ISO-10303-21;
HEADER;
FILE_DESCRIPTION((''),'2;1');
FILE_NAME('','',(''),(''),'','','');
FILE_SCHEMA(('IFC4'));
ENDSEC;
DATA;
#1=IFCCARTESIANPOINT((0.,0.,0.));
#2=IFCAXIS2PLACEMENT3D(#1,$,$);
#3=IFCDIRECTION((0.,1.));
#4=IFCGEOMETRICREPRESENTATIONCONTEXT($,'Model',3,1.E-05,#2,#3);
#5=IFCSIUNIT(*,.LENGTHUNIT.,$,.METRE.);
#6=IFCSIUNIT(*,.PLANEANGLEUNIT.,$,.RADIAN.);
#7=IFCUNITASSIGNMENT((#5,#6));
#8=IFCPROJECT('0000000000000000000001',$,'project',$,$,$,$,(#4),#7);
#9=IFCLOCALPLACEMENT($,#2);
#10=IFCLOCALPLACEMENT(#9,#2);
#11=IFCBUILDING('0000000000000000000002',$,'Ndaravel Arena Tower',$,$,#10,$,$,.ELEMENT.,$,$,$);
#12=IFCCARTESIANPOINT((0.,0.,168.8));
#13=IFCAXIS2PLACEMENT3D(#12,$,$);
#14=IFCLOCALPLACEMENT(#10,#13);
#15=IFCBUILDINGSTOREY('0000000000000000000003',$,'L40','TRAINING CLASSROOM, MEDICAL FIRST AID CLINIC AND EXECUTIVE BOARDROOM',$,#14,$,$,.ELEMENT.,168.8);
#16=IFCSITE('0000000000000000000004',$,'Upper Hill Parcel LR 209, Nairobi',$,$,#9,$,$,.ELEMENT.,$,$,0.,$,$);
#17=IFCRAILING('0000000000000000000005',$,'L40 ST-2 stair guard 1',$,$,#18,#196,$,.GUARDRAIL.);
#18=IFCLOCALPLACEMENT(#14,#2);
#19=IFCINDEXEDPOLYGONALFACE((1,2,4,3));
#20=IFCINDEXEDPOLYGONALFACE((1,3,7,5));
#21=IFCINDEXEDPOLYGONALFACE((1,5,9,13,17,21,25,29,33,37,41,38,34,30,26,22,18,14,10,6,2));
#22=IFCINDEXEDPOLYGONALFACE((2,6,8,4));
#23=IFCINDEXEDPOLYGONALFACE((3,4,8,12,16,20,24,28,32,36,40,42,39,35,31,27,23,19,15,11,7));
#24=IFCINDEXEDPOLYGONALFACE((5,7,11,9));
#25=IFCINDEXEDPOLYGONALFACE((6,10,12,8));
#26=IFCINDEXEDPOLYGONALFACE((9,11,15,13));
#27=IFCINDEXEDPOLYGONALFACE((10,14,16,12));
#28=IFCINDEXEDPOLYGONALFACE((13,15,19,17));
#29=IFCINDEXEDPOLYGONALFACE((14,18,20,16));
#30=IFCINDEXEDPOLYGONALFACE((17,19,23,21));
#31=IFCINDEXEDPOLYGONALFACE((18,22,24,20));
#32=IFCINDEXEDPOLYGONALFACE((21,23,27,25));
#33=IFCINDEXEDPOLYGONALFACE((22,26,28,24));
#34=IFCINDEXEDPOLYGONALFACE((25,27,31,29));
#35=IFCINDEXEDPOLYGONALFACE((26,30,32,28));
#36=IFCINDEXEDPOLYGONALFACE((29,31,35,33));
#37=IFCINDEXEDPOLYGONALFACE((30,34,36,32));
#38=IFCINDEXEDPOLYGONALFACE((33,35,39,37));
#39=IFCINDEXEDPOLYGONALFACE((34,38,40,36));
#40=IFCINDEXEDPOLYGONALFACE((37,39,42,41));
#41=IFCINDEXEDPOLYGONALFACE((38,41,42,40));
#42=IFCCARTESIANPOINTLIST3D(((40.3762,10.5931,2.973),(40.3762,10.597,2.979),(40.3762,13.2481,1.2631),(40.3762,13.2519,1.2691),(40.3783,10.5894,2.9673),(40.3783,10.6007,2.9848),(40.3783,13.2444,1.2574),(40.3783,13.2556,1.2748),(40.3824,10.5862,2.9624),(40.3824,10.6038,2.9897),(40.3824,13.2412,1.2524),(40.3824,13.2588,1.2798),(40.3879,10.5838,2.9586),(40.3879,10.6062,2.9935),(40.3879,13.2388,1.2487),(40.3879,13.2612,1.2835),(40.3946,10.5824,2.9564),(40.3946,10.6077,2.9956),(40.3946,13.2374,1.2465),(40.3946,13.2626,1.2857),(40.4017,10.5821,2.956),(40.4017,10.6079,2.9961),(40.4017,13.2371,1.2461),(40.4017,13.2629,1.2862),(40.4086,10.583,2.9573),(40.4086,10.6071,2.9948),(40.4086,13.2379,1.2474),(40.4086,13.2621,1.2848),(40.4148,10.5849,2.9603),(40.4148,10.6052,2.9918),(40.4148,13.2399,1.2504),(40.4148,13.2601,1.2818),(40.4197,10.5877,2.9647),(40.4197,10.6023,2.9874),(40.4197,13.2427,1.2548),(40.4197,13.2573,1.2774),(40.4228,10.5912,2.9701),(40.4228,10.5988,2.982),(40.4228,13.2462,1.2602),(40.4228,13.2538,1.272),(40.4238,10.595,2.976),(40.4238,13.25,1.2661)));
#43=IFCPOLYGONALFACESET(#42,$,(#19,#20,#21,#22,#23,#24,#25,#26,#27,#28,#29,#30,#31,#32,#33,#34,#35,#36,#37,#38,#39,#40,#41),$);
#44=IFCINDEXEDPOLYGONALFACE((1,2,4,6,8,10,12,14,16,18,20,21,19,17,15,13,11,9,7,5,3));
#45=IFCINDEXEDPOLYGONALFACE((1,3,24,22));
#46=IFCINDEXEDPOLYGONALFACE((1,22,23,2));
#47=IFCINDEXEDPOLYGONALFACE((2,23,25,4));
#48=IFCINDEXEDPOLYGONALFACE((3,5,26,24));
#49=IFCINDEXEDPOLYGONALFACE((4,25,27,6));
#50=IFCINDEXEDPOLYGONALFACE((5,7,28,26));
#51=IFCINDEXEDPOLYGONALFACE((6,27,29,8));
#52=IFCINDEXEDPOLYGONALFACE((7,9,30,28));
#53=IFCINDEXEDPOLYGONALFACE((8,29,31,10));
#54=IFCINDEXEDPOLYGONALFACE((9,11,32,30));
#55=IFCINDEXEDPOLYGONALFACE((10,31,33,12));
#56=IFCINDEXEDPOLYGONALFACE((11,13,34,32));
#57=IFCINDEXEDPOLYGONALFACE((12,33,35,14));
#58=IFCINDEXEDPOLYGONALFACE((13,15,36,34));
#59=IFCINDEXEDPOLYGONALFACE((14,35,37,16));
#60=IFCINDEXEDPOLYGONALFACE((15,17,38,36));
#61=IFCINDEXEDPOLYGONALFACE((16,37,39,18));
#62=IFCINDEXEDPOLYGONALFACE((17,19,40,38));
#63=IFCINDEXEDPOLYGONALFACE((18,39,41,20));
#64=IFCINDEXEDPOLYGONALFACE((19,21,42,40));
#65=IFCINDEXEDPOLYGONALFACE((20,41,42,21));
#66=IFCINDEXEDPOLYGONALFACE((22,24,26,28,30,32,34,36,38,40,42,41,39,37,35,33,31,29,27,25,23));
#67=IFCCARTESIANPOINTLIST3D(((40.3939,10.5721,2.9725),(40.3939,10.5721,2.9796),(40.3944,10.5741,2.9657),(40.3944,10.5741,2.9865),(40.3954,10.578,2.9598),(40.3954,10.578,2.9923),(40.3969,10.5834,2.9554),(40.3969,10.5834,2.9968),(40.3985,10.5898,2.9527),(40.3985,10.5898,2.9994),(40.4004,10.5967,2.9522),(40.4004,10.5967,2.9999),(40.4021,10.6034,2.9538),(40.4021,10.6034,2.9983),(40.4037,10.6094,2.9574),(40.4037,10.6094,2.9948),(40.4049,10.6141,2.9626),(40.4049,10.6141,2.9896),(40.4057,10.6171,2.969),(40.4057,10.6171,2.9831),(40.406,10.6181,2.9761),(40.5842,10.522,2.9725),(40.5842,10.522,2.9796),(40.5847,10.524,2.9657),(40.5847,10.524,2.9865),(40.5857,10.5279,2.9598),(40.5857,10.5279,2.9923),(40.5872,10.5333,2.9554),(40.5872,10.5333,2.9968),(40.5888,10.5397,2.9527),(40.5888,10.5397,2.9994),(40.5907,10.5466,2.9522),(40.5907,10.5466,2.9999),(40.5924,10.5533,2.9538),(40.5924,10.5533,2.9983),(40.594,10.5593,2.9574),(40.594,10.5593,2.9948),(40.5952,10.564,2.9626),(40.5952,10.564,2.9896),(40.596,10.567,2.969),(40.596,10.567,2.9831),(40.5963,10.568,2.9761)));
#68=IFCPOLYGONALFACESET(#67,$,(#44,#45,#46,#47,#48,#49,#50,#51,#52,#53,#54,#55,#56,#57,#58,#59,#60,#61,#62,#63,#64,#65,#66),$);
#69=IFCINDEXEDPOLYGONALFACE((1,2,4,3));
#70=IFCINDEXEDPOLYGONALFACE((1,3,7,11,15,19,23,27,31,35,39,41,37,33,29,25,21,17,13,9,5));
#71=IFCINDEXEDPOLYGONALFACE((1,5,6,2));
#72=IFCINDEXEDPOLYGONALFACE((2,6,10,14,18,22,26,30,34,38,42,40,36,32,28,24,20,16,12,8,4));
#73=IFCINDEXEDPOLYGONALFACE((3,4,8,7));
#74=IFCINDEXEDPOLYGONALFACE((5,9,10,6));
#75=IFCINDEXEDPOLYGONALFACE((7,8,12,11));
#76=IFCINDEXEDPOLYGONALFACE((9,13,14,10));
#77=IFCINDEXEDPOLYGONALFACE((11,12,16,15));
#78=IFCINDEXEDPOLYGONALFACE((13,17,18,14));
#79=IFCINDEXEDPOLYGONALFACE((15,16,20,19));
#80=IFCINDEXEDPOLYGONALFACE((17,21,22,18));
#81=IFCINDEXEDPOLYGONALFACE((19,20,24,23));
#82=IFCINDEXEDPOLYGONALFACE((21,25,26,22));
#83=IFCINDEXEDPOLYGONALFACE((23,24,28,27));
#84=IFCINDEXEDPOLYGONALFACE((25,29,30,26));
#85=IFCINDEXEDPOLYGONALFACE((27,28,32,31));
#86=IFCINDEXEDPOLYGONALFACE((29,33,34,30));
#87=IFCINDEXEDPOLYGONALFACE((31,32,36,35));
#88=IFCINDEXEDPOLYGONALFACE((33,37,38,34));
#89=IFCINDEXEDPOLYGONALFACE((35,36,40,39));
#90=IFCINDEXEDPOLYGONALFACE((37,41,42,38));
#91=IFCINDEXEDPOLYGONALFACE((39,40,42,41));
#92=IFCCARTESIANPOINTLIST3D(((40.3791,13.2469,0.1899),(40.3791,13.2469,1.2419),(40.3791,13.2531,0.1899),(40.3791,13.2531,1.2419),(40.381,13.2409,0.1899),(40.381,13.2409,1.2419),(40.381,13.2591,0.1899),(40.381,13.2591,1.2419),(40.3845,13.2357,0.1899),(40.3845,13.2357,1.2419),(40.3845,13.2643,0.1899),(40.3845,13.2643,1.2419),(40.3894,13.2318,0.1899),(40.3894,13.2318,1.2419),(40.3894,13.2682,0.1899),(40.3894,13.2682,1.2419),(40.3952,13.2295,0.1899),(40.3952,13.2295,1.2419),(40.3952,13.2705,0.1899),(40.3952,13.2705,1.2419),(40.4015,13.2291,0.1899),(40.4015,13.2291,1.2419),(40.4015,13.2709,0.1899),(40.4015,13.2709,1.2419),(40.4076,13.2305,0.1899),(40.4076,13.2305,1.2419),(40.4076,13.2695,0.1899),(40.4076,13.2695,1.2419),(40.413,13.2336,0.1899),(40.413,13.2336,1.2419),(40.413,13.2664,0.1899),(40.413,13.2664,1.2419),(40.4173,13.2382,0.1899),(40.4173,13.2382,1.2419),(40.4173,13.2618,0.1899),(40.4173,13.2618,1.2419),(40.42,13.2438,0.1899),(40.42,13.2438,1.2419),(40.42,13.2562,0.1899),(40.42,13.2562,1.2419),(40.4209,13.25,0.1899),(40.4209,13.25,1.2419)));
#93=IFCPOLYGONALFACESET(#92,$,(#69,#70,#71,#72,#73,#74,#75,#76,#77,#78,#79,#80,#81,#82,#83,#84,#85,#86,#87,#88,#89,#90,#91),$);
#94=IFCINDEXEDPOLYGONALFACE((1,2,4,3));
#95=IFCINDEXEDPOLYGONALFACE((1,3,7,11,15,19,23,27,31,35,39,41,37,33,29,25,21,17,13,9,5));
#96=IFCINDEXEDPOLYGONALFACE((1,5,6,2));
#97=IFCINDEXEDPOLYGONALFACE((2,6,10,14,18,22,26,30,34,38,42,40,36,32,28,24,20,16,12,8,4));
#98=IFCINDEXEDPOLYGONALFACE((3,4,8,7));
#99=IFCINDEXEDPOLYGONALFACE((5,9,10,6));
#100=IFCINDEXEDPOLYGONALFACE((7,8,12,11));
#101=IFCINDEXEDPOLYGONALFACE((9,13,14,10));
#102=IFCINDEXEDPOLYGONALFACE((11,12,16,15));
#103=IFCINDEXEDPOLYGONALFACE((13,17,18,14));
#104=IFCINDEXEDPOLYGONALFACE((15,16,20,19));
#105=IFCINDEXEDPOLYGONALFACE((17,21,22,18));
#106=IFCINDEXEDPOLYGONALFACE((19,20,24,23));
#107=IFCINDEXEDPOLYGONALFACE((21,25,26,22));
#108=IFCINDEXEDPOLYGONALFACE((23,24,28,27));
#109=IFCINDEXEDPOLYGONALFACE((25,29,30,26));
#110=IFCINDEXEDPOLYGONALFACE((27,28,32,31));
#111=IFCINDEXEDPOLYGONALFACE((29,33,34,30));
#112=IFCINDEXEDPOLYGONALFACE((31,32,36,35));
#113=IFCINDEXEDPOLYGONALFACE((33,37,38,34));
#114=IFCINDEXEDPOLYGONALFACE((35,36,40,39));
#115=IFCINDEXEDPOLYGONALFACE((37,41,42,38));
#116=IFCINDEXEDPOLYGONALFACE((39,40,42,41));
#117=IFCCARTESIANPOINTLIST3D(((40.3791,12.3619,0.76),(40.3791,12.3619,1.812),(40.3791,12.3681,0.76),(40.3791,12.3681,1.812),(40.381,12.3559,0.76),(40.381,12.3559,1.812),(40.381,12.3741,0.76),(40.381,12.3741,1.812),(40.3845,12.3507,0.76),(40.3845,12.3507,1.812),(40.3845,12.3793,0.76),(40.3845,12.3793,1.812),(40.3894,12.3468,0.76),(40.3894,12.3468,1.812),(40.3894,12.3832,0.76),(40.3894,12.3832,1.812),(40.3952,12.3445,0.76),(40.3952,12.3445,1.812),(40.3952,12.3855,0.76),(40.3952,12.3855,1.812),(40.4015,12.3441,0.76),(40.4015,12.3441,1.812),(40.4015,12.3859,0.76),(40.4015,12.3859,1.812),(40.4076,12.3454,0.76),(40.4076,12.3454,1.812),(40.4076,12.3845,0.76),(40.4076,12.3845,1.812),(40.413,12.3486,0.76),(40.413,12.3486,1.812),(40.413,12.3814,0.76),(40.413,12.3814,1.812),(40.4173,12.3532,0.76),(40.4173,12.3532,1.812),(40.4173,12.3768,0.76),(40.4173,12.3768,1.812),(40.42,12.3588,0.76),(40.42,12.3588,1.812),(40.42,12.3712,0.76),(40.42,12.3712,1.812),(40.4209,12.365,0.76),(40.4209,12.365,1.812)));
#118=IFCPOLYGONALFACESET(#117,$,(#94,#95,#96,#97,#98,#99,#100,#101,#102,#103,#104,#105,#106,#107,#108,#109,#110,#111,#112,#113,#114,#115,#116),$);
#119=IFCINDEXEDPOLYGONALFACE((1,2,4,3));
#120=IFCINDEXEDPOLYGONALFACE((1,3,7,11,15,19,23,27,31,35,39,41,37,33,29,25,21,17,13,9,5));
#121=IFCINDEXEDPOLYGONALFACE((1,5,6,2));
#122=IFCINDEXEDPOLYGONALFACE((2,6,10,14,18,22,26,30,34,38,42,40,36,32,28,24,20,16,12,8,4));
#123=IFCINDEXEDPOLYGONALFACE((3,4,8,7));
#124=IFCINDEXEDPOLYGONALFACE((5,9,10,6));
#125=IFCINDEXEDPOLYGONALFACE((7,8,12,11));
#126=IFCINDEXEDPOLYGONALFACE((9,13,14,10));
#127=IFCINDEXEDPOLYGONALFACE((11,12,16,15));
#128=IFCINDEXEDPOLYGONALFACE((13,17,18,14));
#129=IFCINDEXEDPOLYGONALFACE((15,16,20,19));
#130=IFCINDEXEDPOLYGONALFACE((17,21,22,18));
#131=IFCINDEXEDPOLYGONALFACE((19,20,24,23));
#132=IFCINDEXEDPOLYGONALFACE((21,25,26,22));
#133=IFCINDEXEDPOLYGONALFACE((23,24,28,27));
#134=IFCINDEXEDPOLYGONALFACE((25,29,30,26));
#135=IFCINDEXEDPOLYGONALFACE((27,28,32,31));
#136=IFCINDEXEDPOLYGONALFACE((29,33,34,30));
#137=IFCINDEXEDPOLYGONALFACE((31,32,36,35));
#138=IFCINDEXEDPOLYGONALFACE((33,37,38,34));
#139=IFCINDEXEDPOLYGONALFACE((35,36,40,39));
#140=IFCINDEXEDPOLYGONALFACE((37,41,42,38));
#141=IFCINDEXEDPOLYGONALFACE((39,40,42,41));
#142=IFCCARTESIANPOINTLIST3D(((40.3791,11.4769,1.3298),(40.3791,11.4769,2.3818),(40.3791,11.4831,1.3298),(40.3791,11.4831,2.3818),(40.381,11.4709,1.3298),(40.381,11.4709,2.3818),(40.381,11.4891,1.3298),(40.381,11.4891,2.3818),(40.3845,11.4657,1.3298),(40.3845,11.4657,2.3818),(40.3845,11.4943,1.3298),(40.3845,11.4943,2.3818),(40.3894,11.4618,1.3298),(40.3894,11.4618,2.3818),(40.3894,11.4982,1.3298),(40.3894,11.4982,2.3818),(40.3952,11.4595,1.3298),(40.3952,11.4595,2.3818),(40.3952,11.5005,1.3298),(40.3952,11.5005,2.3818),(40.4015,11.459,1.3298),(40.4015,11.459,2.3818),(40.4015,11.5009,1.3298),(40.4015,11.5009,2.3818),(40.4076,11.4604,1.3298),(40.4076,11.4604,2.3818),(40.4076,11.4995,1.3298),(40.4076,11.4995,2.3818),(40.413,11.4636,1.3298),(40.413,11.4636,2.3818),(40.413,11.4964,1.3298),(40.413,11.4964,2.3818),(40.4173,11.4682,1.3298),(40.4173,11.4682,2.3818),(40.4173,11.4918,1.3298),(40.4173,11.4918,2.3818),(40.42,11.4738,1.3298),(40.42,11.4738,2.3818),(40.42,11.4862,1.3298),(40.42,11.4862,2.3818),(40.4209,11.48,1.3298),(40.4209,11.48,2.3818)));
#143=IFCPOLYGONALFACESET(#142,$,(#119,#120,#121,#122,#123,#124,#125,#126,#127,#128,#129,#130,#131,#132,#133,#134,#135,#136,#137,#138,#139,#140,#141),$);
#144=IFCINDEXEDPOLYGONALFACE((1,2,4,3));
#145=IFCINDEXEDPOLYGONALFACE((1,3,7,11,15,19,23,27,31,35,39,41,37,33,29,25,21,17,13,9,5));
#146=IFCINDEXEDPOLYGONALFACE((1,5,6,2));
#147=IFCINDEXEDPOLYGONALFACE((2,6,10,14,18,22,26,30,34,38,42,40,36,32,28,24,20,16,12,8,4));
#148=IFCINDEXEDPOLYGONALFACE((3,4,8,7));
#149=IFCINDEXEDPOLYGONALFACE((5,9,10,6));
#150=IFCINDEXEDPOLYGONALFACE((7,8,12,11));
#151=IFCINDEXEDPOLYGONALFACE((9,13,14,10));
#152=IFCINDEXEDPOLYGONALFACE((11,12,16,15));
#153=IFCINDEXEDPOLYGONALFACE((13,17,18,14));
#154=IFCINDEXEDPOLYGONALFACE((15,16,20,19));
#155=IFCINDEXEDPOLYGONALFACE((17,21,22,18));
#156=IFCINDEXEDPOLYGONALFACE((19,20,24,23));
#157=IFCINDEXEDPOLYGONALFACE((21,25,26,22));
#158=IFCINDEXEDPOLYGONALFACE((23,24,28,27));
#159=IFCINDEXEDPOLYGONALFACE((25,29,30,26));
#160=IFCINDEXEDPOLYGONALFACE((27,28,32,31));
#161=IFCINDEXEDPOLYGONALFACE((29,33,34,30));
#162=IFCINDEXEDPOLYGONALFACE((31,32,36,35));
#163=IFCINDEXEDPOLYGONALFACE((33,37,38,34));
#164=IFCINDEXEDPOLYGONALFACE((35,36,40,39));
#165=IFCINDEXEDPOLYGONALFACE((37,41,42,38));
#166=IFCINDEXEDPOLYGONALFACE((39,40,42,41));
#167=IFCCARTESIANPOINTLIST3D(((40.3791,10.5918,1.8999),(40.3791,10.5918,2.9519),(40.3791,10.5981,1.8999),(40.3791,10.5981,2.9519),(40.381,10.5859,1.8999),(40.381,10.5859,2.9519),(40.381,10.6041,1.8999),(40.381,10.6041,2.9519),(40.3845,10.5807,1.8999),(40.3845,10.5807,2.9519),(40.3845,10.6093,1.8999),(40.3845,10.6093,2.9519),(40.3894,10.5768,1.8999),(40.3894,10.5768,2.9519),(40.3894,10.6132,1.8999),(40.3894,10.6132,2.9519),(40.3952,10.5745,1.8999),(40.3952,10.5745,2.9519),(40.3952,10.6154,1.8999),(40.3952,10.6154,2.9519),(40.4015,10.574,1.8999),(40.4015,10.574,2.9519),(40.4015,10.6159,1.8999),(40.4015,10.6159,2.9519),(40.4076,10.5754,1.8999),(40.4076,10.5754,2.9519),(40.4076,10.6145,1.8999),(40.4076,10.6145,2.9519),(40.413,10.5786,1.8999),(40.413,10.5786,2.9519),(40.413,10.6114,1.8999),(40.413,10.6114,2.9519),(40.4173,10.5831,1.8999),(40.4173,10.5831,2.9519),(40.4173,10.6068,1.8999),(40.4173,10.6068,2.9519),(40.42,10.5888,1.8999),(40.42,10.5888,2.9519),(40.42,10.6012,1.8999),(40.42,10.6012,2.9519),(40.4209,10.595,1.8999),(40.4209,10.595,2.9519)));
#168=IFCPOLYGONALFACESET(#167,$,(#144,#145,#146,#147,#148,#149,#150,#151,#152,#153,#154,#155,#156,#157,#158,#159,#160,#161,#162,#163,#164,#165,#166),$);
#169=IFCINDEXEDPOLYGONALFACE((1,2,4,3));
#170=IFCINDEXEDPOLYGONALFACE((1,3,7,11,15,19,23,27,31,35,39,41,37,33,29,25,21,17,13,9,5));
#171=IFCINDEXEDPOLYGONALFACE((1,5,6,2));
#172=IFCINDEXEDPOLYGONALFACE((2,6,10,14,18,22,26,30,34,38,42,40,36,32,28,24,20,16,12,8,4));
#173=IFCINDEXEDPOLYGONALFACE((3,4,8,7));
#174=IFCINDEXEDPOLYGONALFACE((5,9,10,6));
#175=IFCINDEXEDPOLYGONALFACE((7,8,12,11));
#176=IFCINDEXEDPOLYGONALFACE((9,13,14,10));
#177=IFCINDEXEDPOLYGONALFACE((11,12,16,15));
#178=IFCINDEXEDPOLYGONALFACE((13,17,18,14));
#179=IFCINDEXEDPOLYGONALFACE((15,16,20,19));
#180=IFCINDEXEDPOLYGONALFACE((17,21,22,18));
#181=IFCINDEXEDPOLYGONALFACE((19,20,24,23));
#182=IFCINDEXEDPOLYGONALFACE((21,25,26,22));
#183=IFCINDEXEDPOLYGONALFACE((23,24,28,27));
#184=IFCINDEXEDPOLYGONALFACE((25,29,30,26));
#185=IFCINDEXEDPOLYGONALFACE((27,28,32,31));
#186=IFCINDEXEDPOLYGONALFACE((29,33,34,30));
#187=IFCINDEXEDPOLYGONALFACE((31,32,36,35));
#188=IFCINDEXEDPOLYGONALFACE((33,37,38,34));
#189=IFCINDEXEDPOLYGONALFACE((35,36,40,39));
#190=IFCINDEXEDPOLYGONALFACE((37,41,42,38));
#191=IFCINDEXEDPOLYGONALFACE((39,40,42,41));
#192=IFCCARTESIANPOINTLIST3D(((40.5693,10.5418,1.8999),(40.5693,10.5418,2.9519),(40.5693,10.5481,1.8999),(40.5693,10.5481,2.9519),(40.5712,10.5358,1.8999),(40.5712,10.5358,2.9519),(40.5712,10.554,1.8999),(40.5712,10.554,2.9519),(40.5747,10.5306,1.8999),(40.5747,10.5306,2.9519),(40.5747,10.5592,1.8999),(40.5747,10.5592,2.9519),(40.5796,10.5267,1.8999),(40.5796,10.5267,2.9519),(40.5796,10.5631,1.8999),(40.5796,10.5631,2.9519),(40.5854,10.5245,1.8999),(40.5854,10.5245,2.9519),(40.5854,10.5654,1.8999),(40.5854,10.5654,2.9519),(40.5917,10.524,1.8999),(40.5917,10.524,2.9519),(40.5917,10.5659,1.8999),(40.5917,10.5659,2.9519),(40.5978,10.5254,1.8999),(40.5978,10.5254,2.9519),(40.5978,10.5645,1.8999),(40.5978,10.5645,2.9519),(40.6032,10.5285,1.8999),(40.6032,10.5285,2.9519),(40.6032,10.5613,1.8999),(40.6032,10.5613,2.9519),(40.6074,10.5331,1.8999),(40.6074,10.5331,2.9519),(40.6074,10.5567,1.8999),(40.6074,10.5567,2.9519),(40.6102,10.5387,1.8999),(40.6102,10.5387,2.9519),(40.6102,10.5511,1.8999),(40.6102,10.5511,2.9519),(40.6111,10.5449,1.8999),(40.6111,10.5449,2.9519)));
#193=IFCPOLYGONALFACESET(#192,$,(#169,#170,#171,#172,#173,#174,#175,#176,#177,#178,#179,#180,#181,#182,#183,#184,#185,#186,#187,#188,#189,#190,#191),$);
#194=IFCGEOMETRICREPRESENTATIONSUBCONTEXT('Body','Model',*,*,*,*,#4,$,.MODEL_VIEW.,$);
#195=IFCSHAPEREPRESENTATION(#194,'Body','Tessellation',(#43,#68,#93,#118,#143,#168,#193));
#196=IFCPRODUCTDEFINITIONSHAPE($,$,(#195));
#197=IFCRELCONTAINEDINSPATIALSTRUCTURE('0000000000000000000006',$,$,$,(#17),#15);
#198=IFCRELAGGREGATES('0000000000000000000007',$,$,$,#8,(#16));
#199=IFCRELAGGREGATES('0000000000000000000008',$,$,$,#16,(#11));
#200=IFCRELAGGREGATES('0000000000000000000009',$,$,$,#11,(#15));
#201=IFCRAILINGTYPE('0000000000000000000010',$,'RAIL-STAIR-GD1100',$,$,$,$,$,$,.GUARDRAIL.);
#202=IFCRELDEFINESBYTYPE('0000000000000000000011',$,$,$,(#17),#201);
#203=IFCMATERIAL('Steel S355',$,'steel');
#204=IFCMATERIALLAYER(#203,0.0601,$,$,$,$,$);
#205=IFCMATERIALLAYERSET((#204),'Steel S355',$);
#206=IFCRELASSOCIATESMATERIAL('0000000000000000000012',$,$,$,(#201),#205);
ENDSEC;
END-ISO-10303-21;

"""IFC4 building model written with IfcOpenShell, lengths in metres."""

from ifc_helpers import new_model, si_unit, direction, frame, origin, origin_2d, place, context, subcontext, project, spatial, circle, extrude, material, layer, layer_set, type_object, element, save


model = new_model("IFC4")

# Units and contexts
model_context = context("Model", 3, precision=1e-05, world=origin(), true_north=direction((0.0, 1.0)))
body_context = subcontext(model_context, "Body", "Model", "MODEL_VIEW")
ifc_project = project(units=[si_unit("LENGTHUNIT", "METRE"), si_unit("PLANEANGLEUNIT", "RADIAN")], contexts=[model_context])

# Site, building, storey
site_placement = place(None, origin())
site = spatial("IfcSite", under=ifc_project, at=site_placement, Name="Upper Hill Parcel LR 209, Nairobi", CompositionType="ELEMENT", RefElevation=0.0)
building_placement = place(site_placement, origin())
building = spatial("IfcBuilding", under=site, at=building_placement, Name="Ndaravel Arena Tower", CompositionType="ELEMENT")
storey_placement = place(building_placement, frame((0.0, 0.0, 168.8)))
storey = spatial("IfcBuildingStorey", under=building, at=storey_placement, Name="L40", Description="TRAINING CLASSROOM, MEDICAL FIRST AID CLINIC AND EXECUTIVE BOARDROOM", CompositionType="ELEMENT", Elevation=168.8)

# Railing
ifc_material_1 = material(Name="Steel S355", Category="steel")
ifc_layer_1 = layer(ifc_material_1, 0.0601)
ifc_layer_set_1 = layer_set([ifc_layer_1], Name="Steel S355")
railing_type_1 = type_object("IfcRailingType", Name="RAIL-STAIR-GD1100", PredefinedType="GUARDRAIL", material=ifc_layer_set_1)
railing_1_placement = place(storey_placement, frame((40.3999, 13.25, 0.1899)))
element("IfcRailing", 1, at=railing_1_placement, inside=storey, type_object=railing_type_1, Name="L40 ST-2 stair guard 1", PredefinedType="GUARDRAIL", context=body_context, shape_type="SweptSolid", body=[
    extrude(circle(Radius=0.0239, at=origin_2d()), frame((0.0, 0.0, 1.0762), z_axis=(0.0, -0.840724, 0.541465), x_axis=(1.0, 0.0, 0.0)), (0.0, 0.0, 1.0), 3.158),
    extrude(circle(Radius=0.0239, at=origin_2d()), frame((0.0, -2.655, 2.7861), z_axis=(0.967075, -0.254493, 0.0), x_axis=(0.254493, 0.967075, 0.0)), (0.0, 0.0, 1.0), 0.1968),
    extrude(circle(Radius=0.021, at=origin_2d()), origin(), (0.0, 0.0, 1.0), 1.052),
    extrude(circle(Radius=0.021, at=origin_2d()), frame((0.0, -0.885, 0.5701)), (0.0, 0.0, 1.0), 1.052),
    extrude(circle(Radius=0.021, at=origin_2d()), frame((0.0, -1.77, 1.1399)), (0.0, 0.0, 1.0), 1.052),
    extrude(circle(Radius=0.021, at=origin_2d()), frame((0.0, -2.655, 1.71)), (0.0, 0.0, 1.0), 1.052),
    extrude(circle(Radius=0.021, at=origin_2d()), frame((0.1902, -2.7051, 1.71)), (0.0, 0.0, 1.0), 1.052),
])

save(model, "model.ifc")
